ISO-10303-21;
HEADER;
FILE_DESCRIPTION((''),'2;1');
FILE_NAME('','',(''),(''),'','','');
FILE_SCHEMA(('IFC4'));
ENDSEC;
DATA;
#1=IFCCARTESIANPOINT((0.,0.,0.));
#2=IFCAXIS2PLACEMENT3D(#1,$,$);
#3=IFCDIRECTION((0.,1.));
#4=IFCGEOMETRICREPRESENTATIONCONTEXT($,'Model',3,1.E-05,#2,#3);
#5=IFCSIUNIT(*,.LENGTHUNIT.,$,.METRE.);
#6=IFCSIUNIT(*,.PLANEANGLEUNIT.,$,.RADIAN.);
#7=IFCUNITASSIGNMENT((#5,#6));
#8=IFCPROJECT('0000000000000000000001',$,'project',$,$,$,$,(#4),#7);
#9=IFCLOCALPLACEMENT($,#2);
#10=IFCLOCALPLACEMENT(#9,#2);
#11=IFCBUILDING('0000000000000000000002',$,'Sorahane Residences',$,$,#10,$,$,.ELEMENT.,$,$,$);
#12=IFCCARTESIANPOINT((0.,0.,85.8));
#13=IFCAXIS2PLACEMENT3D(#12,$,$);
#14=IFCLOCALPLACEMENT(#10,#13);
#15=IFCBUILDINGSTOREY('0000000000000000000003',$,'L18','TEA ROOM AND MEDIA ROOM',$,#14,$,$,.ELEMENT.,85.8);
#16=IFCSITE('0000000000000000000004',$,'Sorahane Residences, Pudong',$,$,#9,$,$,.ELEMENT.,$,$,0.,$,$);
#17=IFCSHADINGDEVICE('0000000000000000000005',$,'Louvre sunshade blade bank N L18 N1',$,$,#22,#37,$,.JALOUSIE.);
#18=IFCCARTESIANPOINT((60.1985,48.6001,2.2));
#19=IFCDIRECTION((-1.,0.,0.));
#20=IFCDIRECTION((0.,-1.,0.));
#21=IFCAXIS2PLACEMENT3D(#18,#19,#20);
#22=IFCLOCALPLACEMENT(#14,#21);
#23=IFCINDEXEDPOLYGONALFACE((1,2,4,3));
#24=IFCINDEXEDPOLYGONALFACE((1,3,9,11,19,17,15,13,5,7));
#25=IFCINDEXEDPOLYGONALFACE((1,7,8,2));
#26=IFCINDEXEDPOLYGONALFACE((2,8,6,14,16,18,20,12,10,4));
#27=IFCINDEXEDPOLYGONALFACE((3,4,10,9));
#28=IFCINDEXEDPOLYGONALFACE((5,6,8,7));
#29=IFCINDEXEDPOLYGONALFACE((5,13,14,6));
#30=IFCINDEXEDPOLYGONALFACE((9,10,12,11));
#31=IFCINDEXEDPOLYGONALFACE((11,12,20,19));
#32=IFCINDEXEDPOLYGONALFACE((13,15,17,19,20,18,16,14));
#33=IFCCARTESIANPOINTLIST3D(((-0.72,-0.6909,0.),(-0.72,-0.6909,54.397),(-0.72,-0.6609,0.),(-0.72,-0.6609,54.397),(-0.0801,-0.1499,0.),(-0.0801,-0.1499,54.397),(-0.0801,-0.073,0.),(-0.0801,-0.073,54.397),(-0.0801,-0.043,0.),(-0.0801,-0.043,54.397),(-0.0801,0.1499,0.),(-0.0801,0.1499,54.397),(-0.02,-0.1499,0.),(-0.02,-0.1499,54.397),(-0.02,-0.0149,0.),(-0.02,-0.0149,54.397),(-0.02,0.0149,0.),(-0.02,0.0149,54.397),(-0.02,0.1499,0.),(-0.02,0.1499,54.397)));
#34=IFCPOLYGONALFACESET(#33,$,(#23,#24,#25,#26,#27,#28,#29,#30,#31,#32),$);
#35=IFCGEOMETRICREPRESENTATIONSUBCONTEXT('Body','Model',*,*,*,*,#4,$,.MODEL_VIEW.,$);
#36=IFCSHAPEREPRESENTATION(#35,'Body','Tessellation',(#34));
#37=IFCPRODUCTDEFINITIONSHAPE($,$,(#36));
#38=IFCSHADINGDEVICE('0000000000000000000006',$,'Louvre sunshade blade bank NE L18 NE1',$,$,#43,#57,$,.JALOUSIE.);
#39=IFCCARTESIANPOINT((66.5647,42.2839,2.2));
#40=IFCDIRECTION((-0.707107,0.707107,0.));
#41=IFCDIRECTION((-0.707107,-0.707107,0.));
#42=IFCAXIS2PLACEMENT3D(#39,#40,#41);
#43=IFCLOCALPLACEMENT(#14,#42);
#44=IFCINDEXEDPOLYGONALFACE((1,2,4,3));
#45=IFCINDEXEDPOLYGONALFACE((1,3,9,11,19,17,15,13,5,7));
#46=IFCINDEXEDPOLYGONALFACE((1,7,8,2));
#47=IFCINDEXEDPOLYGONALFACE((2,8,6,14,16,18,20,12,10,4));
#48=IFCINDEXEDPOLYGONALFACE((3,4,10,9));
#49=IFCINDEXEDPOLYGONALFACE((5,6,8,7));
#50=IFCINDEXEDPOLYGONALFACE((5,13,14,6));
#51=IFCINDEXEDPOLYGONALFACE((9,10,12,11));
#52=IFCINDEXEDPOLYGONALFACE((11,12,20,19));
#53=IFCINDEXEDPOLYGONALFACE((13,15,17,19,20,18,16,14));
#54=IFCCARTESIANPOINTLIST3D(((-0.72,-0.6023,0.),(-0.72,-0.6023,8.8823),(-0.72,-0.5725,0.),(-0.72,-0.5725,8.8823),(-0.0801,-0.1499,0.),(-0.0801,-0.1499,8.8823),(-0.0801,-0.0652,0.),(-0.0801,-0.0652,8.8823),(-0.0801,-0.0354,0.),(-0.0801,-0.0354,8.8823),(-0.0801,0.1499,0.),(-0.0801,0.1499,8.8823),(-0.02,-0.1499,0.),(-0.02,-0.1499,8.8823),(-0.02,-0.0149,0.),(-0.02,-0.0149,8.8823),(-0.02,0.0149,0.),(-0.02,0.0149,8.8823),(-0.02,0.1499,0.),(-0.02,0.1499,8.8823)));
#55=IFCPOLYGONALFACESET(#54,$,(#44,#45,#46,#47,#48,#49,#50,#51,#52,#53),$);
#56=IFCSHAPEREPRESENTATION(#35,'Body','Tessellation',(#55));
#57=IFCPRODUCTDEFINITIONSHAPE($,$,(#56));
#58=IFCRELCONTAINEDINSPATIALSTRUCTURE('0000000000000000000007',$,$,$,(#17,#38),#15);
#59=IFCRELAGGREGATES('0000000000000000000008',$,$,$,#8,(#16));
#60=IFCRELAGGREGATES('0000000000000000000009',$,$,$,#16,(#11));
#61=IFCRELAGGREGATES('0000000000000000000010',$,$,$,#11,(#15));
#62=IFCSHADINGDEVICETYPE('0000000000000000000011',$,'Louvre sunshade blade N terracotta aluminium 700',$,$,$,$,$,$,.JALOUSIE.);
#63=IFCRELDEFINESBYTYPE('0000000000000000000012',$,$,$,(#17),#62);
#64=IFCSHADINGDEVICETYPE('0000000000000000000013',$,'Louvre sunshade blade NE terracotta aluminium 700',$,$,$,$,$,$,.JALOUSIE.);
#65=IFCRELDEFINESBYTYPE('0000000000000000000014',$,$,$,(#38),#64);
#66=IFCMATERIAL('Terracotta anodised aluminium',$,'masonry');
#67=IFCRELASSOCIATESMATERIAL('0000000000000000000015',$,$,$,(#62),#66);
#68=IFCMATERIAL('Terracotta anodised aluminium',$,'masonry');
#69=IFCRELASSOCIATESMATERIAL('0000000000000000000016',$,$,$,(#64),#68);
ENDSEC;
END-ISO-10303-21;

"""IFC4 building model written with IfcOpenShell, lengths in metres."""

from ifc_helpers import new_model, si_unit, direction, frame, origin, place, context, subcontext, project, spatial, polyline, outline, extrude, material, type_object, element, save


model = new_model("IFC4")

# Units and contexts
model_context = context("Model", 3, precision=1e-05, world=origin(), true_north=direction((0.0, 1.0)))
body_context = subcontext(model_context, "Body", "Model", "MODEL_VIEW")
ifc_project = project(units=[si_unit("LENGTHUNIT", "METRE"), si_unit("PLANEANGLEUNIT", "RADIAN")], contexts=[model_context])

# Site, building, storey
site_placement = place(None, origin())
site = spatial("IfcSite", under=ifc_project, at=site_placement, Name="Sorahane Residences, Pudong", CompositionType="ELEMENT", RefElevation=0.0)
building_placement = place(site_placement, origin())
building = spatial("IfcBuilding", under=site, at=building_placement, Name="Sorahane Residences", CompositionType="ELEMENT")
storey_placement = place(building_placement, frame((0.0, 0.0, 85.8)))
storey = spatial("IfcBuildingStorey", under=building, at=storey_placement, Name="L18", Description="TEA ROOM AND MEDIA ROOM", CompositionType="ELEMENT", Elevation=85.8)

# Shading devices
ifc_material_1 = material(Name="Terracotta anodised aluminium", Category="masonry")
shading_device_type_1 = type_object("IfcShadingDeviceType", Name="Louvre sunshade blade N terracotta aluminium 700", PredefinedType="JALOUSIE", material=ifc_material_1)
shading_device_1_placement = place(storey_placement, frame((60.1985, 48.6001, 2.2), z_axis=(-1.0, 0.0, 0.0), x_axis=(0.0, -1.0, 0.0)))
element("IfcShadingDevice", 1, at=shading_device_1_placement, inside=storey, type_object=shading_device_type_1, Name="Louvre sunshade blade bank N L18 N1", PredefinedType="JALOUSIE", context=body_context, shape_type="SweptSolid", body=[
    extrude(outline(polyline([(-0.72, -0.6609), (-0.72, -0.6909), (-0.0801, -0.073), (-0.0801, -0.1499), (-0.02, -0.1499), (-0.02, -0.0149), (-0.02, 0.0149), (-0.02, 0.1499), (-0.0801, 0.1499), (-0.0801, -0.043), (-0.72, -0.6609)])), origin(), (0.0, 0.0, 1.0), 54.397),
])
ifc_material_2 = material(Name="Terracotta anodised aluminium", Category="masonry")
shading_device_type_2 = type_object("IfcShadingDeviceType", Name="Louvre sunshade blade NE terracotta aluminium 700", PredefinedType="JALOUSIE", material=ifc_material_2)
shading_device_2_placement = place(storey_placement, frame((66.5647, 42.2839, 2.2), z_axis=(-0.707107, 0.707107, 0.0), x_axis=(-0.707107, -0.707107, 0.0)))
element("IfcShadingDevice", 2, at=shading_device_2_placement, inside=storey, type_object=shading_device_type_2, Name="Louvre sunshade blade bank NE L18 NE1", PredefinedType="JALOUSIE", context=body_context, shape_type="SweptSolid", body=[
    extrude(outline(polyline([(-0.72, -0.5725), (-0.72, -0.6023), (-0.0801, -0.0652), (-0.0801, -0.1499), (-0.02, -0.1499), (-0.02, -0.0149), (-0.02, 0.0149), (-0.02, 0.1499), (-0.0801, 0.1499), (-0.0801, -0.0354), (-0.72, -0.5725)])), origin(), (0.0, 0.0, 1.0), 8.8823),
])

save(model, "model.ifc")
